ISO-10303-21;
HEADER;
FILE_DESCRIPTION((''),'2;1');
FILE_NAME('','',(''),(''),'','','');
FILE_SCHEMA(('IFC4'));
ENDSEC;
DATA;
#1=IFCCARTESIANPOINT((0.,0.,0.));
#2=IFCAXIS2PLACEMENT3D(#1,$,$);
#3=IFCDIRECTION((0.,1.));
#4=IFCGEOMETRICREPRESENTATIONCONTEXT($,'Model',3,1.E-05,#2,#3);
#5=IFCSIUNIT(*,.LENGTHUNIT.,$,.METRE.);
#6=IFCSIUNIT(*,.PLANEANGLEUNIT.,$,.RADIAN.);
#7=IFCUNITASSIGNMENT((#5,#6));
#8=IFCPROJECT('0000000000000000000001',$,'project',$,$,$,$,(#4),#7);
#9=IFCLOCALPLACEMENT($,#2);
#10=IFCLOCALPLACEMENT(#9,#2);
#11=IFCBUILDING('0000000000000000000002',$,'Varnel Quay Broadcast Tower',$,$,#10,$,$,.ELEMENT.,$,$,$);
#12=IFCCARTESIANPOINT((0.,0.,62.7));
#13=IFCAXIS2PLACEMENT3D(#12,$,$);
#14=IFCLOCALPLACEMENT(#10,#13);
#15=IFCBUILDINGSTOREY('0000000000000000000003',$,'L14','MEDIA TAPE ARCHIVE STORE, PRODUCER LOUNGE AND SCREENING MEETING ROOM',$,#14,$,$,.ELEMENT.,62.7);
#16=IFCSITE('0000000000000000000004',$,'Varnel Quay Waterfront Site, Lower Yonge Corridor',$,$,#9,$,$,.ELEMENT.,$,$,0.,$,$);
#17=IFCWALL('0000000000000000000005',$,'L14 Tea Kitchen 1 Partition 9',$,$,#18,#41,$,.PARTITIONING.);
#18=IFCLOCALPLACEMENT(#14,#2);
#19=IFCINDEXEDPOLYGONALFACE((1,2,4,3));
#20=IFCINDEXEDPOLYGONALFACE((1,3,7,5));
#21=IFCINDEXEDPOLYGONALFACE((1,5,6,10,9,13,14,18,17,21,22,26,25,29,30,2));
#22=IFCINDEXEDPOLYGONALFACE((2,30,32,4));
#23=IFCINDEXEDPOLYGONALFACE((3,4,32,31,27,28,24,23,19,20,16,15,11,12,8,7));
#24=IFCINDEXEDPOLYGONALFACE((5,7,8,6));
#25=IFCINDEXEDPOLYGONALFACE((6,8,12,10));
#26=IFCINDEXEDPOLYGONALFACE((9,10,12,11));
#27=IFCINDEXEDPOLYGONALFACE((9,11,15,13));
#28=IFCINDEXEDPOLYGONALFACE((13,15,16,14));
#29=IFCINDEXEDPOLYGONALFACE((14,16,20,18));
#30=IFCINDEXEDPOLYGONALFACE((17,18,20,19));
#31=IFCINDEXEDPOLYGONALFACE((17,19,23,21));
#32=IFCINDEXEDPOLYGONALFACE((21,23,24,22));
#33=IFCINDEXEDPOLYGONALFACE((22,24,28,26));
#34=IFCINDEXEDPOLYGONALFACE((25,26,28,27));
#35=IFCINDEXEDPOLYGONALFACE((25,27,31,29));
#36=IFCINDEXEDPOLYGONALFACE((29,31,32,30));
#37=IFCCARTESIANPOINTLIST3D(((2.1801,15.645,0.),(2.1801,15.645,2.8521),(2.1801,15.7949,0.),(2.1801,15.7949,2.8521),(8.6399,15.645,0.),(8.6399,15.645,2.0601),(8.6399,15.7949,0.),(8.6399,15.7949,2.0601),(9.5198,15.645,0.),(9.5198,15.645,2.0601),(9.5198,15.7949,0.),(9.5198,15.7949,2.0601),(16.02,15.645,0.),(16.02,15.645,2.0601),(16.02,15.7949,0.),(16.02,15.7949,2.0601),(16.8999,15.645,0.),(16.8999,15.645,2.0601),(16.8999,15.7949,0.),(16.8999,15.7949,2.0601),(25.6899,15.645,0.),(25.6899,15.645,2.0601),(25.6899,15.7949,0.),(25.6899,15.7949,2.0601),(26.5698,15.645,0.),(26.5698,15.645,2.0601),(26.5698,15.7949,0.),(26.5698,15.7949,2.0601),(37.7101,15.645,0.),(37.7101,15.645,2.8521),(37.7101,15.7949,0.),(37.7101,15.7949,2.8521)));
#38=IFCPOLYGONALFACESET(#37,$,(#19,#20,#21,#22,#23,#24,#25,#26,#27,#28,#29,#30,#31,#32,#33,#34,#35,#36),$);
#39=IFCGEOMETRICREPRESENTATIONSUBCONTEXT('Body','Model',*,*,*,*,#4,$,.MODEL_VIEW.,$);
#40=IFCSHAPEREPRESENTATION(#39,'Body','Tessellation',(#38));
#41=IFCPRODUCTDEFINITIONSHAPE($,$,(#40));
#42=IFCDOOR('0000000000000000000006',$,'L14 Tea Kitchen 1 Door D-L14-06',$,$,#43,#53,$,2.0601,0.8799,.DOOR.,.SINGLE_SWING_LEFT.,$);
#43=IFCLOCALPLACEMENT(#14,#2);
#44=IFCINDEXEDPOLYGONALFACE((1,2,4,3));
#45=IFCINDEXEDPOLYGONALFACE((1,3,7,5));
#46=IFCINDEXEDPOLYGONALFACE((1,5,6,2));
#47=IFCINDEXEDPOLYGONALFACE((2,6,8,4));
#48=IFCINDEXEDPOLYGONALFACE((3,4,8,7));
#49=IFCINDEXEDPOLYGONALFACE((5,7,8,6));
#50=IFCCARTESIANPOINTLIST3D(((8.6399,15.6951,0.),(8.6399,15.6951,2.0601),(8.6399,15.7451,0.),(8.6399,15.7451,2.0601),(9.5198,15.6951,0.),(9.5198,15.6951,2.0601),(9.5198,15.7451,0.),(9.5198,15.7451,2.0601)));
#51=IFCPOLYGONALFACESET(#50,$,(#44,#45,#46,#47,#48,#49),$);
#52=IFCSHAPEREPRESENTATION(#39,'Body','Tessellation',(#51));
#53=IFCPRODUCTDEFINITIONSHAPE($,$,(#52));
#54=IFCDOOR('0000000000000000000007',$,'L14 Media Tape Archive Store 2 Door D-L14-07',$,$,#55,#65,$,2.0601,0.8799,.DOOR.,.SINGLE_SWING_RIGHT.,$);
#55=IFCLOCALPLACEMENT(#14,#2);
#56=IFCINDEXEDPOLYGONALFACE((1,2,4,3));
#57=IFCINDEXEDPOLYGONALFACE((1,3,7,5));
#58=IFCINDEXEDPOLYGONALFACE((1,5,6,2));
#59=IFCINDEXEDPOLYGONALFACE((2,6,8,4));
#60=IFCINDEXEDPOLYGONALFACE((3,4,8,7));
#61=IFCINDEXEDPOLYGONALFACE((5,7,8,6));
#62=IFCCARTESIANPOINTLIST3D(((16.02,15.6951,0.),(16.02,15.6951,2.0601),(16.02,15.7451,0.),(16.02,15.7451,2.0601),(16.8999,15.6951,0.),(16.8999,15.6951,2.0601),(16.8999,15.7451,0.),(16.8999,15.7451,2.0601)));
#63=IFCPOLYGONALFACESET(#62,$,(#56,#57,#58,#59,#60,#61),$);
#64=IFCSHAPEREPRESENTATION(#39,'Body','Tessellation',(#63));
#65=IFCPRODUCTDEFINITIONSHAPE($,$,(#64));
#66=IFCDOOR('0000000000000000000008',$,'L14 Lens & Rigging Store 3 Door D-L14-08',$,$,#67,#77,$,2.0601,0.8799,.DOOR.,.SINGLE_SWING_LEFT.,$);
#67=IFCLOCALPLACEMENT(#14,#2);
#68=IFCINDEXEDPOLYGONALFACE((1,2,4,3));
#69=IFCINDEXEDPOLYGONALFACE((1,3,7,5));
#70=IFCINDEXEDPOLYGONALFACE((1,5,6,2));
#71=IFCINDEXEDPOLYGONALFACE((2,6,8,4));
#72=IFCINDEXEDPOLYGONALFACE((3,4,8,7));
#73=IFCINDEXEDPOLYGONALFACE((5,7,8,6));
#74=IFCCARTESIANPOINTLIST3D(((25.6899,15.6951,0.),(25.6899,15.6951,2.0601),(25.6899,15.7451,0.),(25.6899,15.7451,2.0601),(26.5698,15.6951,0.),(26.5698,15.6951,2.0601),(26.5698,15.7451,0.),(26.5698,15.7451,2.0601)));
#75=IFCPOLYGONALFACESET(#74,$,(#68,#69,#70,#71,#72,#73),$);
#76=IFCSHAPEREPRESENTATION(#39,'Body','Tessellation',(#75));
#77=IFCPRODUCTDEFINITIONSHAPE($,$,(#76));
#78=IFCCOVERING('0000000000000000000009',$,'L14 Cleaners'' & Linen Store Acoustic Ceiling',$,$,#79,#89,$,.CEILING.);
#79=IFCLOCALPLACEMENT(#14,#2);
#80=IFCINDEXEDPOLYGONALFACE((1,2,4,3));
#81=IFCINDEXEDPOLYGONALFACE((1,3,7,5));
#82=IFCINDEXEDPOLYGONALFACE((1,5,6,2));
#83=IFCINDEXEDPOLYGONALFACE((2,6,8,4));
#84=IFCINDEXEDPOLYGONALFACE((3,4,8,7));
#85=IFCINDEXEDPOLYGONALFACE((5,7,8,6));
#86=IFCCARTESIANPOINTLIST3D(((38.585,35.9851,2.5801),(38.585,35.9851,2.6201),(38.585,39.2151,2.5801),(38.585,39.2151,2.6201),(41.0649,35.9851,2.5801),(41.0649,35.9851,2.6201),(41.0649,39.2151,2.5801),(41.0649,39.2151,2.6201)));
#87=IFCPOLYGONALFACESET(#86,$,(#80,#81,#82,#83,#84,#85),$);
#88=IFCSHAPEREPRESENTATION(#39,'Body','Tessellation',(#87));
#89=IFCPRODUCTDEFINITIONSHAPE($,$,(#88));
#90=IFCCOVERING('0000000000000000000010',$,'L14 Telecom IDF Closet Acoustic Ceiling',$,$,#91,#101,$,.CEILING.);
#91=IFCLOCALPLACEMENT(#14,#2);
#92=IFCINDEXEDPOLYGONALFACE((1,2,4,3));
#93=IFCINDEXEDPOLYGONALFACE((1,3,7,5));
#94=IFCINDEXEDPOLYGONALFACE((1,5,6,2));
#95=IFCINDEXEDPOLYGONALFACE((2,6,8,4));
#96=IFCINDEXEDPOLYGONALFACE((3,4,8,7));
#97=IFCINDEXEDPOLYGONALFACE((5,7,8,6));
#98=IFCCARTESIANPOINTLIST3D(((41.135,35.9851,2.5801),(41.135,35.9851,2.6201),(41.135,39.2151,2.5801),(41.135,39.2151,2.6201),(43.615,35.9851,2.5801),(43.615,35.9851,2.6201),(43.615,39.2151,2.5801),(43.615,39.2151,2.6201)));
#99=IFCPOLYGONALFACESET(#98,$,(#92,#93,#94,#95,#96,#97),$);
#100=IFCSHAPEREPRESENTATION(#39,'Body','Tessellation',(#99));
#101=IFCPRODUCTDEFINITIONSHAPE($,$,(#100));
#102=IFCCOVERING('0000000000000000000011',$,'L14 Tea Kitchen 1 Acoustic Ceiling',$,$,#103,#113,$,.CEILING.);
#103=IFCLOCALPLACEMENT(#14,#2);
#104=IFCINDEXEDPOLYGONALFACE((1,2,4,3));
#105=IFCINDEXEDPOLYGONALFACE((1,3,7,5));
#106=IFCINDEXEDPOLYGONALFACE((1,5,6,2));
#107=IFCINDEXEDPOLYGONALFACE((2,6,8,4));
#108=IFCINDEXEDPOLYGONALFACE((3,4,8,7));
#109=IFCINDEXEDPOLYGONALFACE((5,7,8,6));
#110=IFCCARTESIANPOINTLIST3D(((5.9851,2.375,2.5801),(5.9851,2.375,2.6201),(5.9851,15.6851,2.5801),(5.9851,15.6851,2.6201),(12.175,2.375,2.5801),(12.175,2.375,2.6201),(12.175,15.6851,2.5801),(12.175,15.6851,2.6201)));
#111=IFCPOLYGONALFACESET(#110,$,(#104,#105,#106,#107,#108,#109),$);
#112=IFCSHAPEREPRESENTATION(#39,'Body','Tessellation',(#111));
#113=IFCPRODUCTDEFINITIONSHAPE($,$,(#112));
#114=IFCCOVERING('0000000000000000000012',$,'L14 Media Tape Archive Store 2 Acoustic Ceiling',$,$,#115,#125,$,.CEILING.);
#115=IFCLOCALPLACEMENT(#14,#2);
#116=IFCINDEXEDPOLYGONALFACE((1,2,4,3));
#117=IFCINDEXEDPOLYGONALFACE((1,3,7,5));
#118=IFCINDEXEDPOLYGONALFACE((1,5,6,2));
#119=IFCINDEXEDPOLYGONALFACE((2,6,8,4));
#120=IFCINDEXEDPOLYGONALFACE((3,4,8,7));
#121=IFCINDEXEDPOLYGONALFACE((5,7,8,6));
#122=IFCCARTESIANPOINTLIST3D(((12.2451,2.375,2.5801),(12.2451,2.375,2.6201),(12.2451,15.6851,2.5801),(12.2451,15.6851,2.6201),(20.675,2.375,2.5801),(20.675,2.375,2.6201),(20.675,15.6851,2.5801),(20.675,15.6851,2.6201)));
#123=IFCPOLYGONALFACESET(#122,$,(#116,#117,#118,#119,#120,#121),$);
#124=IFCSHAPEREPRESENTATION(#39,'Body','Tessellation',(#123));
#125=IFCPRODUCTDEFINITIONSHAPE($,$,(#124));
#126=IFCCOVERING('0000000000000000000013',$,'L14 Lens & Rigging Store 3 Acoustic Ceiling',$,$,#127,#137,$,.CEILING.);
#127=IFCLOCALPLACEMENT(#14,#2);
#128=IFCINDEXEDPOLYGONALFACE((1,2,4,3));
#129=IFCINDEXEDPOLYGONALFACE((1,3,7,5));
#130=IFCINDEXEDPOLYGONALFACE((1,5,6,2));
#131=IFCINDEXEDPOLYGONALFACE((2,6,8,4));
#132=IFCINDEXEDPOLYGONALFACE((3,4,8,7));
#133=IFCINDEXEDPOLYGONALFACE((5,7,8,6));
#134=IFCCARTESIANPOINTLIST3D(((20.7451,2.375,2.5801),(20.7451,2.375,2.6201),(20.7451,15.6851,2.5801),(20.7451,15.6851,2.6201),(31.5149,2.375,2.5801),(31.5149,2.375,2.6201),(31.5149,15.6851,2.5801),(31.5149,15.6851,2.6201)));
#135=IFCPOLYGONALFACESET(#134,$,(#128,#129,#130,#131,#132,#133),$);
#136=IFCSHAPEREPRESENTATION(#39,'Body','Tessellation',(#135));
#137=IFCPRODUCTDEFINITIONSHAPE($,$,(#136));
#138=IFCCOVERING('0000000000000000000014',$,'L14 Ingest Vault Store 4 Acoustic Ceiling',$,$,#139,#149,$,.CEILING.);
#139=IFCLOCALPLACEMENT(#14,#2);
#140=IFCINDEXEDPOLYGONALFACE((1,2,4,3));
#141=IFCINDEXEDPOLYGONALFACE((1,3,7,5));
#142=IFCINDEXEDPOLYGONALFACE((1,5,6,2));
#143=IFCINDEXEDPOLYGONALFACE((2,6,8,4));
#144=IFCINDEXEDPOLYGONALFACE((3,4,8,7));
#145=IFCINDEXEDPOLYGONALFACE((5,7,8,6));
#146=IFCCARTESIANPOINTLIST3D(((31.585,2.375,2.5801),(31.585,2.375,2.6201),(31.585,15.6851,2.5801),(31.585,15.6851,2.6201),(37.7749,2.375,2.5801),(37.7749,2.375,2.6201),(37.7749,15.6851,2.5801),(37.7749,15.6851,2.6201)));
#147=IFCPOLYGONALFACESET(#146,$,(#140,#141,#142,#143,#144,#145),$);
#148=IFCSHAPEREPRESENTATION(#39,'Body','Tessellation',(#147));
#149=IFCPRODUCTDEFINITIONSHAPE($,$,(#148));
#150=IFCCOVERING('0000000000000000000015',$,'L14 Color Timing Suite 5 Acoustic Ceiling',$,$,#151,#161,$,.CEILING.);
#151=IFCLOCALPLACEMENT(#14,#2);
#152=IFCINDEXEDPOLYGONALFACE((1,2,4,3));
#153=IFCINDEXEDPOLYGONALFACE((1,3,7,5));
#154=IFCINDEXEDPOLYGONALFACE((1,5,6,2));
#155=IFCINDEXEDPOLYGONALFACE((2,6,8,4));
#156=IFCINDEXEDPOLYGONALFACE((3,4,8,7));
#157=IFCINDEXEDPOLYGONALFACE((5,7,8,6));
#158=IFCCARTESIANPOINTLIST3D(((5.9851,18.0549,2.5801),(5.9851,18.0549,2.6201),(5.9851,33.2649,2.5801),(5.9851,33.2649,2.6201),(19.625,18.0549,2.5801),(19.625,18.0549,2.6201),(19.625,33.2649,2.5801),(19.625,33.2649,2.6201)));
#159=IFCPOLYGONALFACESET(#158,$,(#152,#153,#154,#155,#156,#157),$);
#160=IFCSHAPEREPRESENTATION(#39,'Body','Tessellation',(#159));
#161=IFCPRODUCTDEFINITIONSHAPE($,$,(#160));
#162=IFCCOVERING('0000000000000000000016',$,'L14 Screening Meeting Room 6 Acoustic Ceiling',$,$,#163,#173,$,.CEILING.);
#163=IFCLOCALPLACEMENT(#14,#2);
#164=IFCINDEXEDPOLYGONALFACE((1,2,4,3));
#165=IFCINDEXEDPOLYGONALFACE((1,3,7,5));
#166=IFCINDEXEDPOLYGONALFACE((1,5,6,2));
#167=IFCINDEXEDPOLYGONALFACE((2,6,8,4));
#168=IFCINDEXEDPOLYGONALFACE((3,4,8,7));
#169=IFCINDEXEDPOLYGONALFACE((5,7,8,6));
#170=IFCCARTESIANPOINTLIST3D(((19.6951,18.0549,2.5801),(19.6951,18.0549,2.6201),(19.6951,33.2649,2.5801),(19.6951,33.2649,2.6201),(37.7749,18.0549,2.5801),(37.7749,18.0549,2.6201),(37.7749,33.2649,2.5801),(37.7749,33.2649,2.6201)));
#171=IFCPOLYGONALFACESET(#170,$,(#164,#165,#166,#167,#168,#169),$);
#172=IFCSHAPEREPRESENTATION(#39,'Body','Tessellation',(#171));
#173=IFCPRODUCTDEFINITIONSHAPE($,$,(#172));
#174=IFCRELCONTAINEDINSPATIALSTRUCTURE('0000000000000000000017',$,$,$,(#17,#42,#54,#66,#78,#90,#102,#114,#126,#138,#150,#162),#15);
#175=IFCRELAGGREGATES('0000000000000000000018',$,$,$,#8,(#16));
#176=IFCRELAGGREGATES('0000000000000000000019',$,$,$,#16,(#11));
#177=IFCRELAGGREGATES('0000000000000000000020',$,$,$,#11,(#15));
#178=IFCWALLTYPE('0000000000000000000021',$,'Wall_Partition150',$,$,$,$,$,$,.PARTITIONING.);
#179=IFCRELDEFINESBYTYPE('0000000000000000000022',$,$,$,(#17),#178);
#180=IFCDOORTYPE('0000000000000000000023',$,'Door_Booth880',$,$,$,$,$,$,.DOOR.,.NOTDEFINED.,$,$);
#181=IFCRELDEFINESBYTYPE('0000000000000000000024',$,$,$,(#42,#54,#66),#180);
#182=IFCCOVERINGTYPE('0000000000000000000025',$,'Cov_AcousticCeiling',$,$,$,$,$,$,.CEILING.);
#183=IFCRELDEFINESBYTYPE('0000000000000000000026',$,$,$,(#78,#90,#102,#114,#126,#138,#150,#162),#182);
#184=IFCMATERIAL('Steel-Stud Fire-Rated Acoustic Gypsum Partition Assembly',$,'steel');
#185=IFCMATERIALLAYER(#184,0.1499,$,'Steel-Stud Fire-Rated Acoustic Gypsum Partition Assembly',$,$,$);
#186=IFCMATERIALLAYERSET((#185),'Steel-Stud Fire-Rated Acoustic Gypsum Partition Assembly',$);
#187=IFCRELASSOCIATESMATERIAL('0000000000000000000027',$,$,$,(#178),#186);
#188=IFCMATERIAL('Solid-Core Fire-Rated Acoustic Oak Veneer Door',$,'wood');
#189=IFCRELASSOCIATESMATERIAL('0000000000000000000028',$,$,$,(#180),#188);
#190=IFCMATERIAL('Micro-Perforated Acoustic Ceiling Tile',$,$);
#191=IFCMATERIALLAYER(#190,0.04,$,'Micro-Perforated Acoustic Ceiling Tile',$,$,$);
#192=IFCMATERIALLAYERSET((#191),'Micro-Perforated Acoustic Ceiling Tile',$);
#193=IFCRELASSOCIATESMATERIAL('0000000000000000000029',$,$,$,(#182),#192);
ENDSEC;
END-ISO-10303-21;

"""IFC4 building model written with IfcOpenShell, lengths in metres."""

from ifc_helpers import new_model, si_unit, direction, frame, frame_2d, origin, place, context, subcontext, project, spatial, polyline, rectangle, outline, extrude, source, transform, mapped, material, layer, layer_set, type_object, type_shapes, element, fill, save


model = new_model("IFC4")

# Units and contexts
model_context = context("Model", 3, precision=1e-05, world=origin(), true_north=direction((0.0, 1.0)))
body_context = subcontext(model_context, "Body", "Model", "MODEL_VIEW")
ifc_project = project(units=[si_unit("LENGTHUNIT", "METRE"), si_unit("PLANEANGLEUNIT", "RADIAN")], contexts=[model_context])

# Site, building, storey
site_placement = place(None, origin())
site = spatial("IfcSite", under=ifc_project, at=site_placement, Name="Varnel Quay Waterfront Site, Lower Yonge Corridor", CompositionType="ELEMENT", RefElevation=0.0)
building_placement = place(site_placement, origin())
building = spatial("IfcBuilding", under=site, at=building_placement, Name="Varnel Quay Broadcast Tower", CompositionType="ELEMENT")
storey_placement = place(building_placement, frame((0.0, 0.0, 62.7)))
storey = spatial("IfcBuildingStorey", under=building, at=storey_placement, Name="L14", Description="MEDIA TAPE ARCHIVE STORE, PRODUCER LOUNGE AND SCREENING MEETING ROOM", CompositionType="ELEMENT", Elevation=62.7)

# Wall, openings, doors
ifc_material_1 = material(Name="Steel-Stud Fire-Rated Acoustic Gypsum Partition Assembly", Category="steel")
ifc_layer_1 = layer(ifc_material_1, 0.1499, Name="Steel-Stud Fire-Rated Acoustic Gypsum Partition Assembly")
ifc_layer_set_1 = layer_set([ifc_layer_1], Name="Steel-Stud Fire-Rated Acoustic Gypsum Partition Assembly")
wall_type = type_object("IfcWallType", Name="Wall_Partition150", PredefinedType="PARTITIONING", material=ifc_layer_set_1)
wall_placement = place(storey_placement, frame((2.1799, 15.72, 0.0), z_axis=(0.0, 0.0, 1.0), x_axis=(1.0, 0.0, 0.0)))
wall = element("IfcWall", 1, at=wall_placement, inside=storey, type_object=wall_type, Name="L14 Tea Kitchen 1 Partition 9", PredefinedType="PARTITIONING", context=body_context, shape_type="SweptSolid", body=[
    extrude(rectangle(XDim=35.53, YDim=0.1499, at=frame_2d((17.7651, 0.0))), origin(), (0.0, 0.0, 1.0), 2.8521),
])
opening_1_placement = place(wall_placement, frame((6.46, 0.0, 0.0)))
opening_1 = element("IfcOpeningElement", 2, at=opening_1_placement, cuts=wall, PredefinedType="OPENING", context=body_context, shape_type="SweptSolid", body=[
    extrude(rectangle(XDim=0.8799, YDim=2.0601, at=frame_2d((0.4399, 1.03))), frame((0.0, 0.085, 0.0), z_axis=(0.0, -1.0, 0.0), x_axis=(1.0, 0.0, 0.0)), (0.0, 0.0, 1.0), 0.1699),
])
opening_2_placement = place(wall_placement, frame((13.8401, 0.0, 0.0)))
opening_2 = element("IfcOpeningElement", 3, at=opening_2_placement, cuts=wall, PredefinedType="OPENING", context=body_context, shape_type="SweptSolid", body=[
    extrude(rectangle(XDim=0.8799, YDim=2.0601, at=frame_2d((0.4399, 1.03))), frame((0.0, 0.085, 0.0), z_axis=(0.0, -1.0, 0.0), x_axis=(1.0, 0.0, 0.0)), (0.0, 0.0, 1.0), 0.1699),
])
opening_3_placement = place(wall_placement, frame((23.51, 0.0, 0.0)))
opening_3 = element("IfcOpeningElement", 4, at=opening_3_placement, cuts=wall, PredefinedType="OPENING", context=body_context, shape_type="SweptSolid", body=[
    extrude(rectangle(XDim=0.8799, YDim=2.0601, at=frame_2d((0.4399, 1.03))), frame((0.0, 0.085, 0.0), z_axis=(0.0, -1.0, 0.0), x_axis=(1.0, 0.0, 0.0)), (0.0, 0.0, 1.0), 0.1699),
])
ifc_material_2 = material(Name="Solid-Core Fire-Rated Acoustic Oak Veneer Door", Category="wood")
door_type = type_object("IfcDoorType", Name="Door_Booth880", OperationType="NOTDEFINED", PredefinedType="DOOR", material=ifc_material_2)
shared_shape_1 = source(origin(), body_context, "Body", "SweptSolid", [
    extrude(rectangle(XDim=0.8799, YDim=2.0601, at=frame_2d((0.4399, 1.03))), frame((0.0, 0.0249, 0.0), z_axis=(0.0, -1.0, 0.0), x_axis=(1.0, 0.0, 0.0)), (0.0, 0.0, 1.0), 0.05),
])
type_shapes(door_type, [shared_shape_1])
door_1_placement = place(opening_1_placement, frame((0.8799, 0.0, 0.0), z_axis=(0.0, 0.0, 1.0), x_axis=(-1.0, 0.0, 0.0)))
door_1 = element("IfcDoor", 5, at=door_1_placement, inside=storey, type_object=door_type, Name="L14 Tea Kitchen 1 Door D-L14-06", OperationType="SINGLE_SWING_LEFT", OverallHeight=2.0601, OverallWidth=0.8799, PredefinedType="DOOR", context=body_context, shape_type="MappedRepresentation", body=[
    mapped(shared_shape_1, transform((0.0, 0.0, 0.0), x_axis=(1.0, 0.0, 0.0), y_axis=(0.0, 1.0, 0.0), z_axis=(0.0, 0.0, 1.0), scale=1.0)),
])
fill(opening_1, door_1)
door_2_placement = place(opening_2_placement, frame((0.8799, 0.0, 0.0), z_axis=(0.0, 0.0, 1.0), x_axis=(-1.0, 0.0, 0.0)))
door_2 = element("IfcDoor", 6, at=door_2_placement, inside=storey, type_object=door_type, Name="L14 Media Tape Archive Store 2 Door D-L14-07", OperationType="SINGLE_SWING_RIGHT", OverallHeight=2.0601, OverallWidth=0.8799, PredefinedType="DOOR", context=body_context, shape_type="MappedRepresentation", body=[
    mapped(shared_shape_1, transform((0.0, 0.0, 0.0), x_axis=(1.0, 0.0, 0.0), y_axis=(0.0, 1.0, 0.0), z_axis=(0.0, 0.0, 1.0), scale=1.0)),
])
fill(opening_2, door_2)
door_3_placement = place(opening_3_placement, frame((0.8799, 0.0, 0.0), z_axis=(0.0, 0.0, 1.0), x_axis=(-1.0, 0.0, 0.0)))
door_3 = element("IfcDoor", 7, at=door_3_placement, inside=storey, type_object=door_type, Name="L14 Lens & Rigging Store 3 Door D-L14-08", OperationType="SINGLE_SWING_LEFT", OverallHeight=2.0601, OverallWidth=0.8799, PredefinedType="DOOR", context=body_context, shape_type="MappedRepresentation", body=[
    mapped(shared_shape_1, transform((0.0, 0.0, 0.0), x_axis=(1.0, 0.0, 0.0), y_axis=(0.0, 1.0, 0.0), z_axis=(0.0, 0.0, 1.0), scale=1.0)),
])
fill(opening_3, door_3)

# Coverings
ifc_material_3 = material(Name="Micro-Perforated Acoustic Ceiling Tile")
ifc_layer_2 = layer(ifc_material_3, 0.04, Name="Micro-Perforated Acoustic Ceiling Tile")
ifc_layer_set_2 = layer_set([ifc_layer_2], Name="Micro-Perforated Acoustic Ceiling Tile")
covering_type_1 = type_object("IfcCoveringType", Name="Cov_AcousticCeiling", PredefinedType="CEILING", material=ifc_layer_set_2)
covering_1_placement = place(storey_placement, frame((0.0, 0.0, 2.5801)))
element("IfcCovering", 8, at=covering_1_placement, inside=storey, type_object=covering_type_1, Name="L14 Cleaners' & Linen Store Acoustic Ceiling", PredefinedType="CEILING", context=body_context, shape_type="SweptSolid", body=[
    extrude(outline(polyline([(38.585, 35.9851), (41.0649, 35.9851), (41.0649, 39.2151), (38.585, 39.2151), (38.585, 35.9851)])), origin(), (0.0, 0.0, 1.0), 0.04),
])
covering_2_placement = place(storey_placement, frame((0.0, 0.0, 2.5801)))
element("IfcCovering", 9, at=covering_2_placement, inside=storey, type_object=covering_type_1, Name="L14 Telecom IDF Closet Acoustic Ceiling", PredefinedType="CEILING", context=body_context, shape_type="SweptSolid", body=[
    extrude(outline(polyline([(41.135, 35.9851), (43.615, 35.9851), (43.615, 39.2151), (41.135, 39.2151), (41.135, 35.9851)])), origin(), (0.0, 0.0, 1.0), 0.04),
])
covering_3_placement = place(storey_placement, frame((0.0, 0.0, 2.5801)))
element("IfcCovering", 10, at=covering_3_placement, inside=storey, type_object=covering_type_1, Name="L14 Tea Kitchen 1 Acoustic Ceiling", PredefinedType="CEILING", context=body_context, shape_type="SweptSolid", body=[
    extrude(outline(polyline([(5.9851, 2.375), (12.175, 2.375), (12.175, 15.6851), (5.9851, 15.6851), (5.9851, 2.375)])), origin(), (0.0, 0.0, 1.0), 0.04),
])
covering_4_placement = place(storey_placement, frame((0.0, 0.0, 2.5801)))
element("IfcCovering", 11, at=covering_4_placement, inside=storey, type_object=covering_type_1, Name="L14 Media Tape Archive Store 2 Acoustic Ceiling", PredefinedType="CEILING", context=body_context, shape_type="SweptSolid", body=[
    extrude(outline(polyline([(12.2451, 2.375), (20.675, 2.375), (20.675, 15.6851), (12.2451, 15.6851), (12.2451, 2.375)])), origin(), (0.0, 0.0, 1.0), 0.04),
])
covering_5_placement = place(storey_placement, frame((0.0, 0.0, 2.5801)))
element("IfcCovering", 12, at=covering_5_placement, inside=storey, type_object=covering_type_1, Name="L14 Lens & Rigging Store 3 Acoustic Ceiling", PredefinedType="CEILING", context=body_context, shape_type="SweptSolid", body=[
    extrude(outline(polyline([(20.7451, 2.375), (31.5149, 2.375), (31.5149, 15.6851), (20.7451, 15.6851), (20.7451, 2.375)])), origin(), (0.0, 0.0, 1.0), 0.04),
])
covering_6_placement = place(storey_placement, frame((0.0, 0.0, 2.5801)))
element("IfcCovering", 13, at=covering_6_placement, inside=storey, type_object=covering_type_1, Name="L14 Ingest Vault Store 4 Acoustic Ceiling", PredefinedType="CEILING", context=body_context, shape_type="SweptSolid", body=[
    extrude(outline(polyline([(31.585, 2.375), (37.7749, 2.375), (37.7749, 15.6851), (31.585, 15.6851), (31.585, 2.375)])), origin(), (0.0, 0.0, 1.0), 0.04),
])
covering_7_placement = place(storey_placement, frame((0.0, 0.0, 2.5801)))
element("IfcCovering", 14, at=covering_7_placement, inside=storey, type_object=covering_type_1, Name="L14 Color Timing Suite 5 Acoustic Ceiling", PredefinedType="CEILING", context=body_context, shape_type="SweptSolid", body=[
    extrude(outline(polyline([(5.9851, 18.0549), (19.625, 18.0549), (19.625, 33.2649), (5.9851, 33.2649), (5.9851, 18.0549)])), origin(), (0.0, 0.0, 1.0), 0.04),
])
covering_8_placement = place(storey_placement, frame((0.0, 0.0, 2.5801)))
element("IfcCovering", 15, at=covering_8_placement, inside=storey, type_object=covering_type_1, Name="L14 Screening Meeting Room 6 Acoustic Ceiling", PredefinedType="CEILING", context=body_context, shape_type="SweptSolid", body=[
    extrude(outline(polyline([(19.6951, 18.0549), (37.7749, 18.0549), (37.7749, 33.2649), (19.6951, 33.2649), (19.6951, 18.0549)])), origin(), (0.0, 0.0, 1.0), 0.04),
])

save(model, "model.ifc")
